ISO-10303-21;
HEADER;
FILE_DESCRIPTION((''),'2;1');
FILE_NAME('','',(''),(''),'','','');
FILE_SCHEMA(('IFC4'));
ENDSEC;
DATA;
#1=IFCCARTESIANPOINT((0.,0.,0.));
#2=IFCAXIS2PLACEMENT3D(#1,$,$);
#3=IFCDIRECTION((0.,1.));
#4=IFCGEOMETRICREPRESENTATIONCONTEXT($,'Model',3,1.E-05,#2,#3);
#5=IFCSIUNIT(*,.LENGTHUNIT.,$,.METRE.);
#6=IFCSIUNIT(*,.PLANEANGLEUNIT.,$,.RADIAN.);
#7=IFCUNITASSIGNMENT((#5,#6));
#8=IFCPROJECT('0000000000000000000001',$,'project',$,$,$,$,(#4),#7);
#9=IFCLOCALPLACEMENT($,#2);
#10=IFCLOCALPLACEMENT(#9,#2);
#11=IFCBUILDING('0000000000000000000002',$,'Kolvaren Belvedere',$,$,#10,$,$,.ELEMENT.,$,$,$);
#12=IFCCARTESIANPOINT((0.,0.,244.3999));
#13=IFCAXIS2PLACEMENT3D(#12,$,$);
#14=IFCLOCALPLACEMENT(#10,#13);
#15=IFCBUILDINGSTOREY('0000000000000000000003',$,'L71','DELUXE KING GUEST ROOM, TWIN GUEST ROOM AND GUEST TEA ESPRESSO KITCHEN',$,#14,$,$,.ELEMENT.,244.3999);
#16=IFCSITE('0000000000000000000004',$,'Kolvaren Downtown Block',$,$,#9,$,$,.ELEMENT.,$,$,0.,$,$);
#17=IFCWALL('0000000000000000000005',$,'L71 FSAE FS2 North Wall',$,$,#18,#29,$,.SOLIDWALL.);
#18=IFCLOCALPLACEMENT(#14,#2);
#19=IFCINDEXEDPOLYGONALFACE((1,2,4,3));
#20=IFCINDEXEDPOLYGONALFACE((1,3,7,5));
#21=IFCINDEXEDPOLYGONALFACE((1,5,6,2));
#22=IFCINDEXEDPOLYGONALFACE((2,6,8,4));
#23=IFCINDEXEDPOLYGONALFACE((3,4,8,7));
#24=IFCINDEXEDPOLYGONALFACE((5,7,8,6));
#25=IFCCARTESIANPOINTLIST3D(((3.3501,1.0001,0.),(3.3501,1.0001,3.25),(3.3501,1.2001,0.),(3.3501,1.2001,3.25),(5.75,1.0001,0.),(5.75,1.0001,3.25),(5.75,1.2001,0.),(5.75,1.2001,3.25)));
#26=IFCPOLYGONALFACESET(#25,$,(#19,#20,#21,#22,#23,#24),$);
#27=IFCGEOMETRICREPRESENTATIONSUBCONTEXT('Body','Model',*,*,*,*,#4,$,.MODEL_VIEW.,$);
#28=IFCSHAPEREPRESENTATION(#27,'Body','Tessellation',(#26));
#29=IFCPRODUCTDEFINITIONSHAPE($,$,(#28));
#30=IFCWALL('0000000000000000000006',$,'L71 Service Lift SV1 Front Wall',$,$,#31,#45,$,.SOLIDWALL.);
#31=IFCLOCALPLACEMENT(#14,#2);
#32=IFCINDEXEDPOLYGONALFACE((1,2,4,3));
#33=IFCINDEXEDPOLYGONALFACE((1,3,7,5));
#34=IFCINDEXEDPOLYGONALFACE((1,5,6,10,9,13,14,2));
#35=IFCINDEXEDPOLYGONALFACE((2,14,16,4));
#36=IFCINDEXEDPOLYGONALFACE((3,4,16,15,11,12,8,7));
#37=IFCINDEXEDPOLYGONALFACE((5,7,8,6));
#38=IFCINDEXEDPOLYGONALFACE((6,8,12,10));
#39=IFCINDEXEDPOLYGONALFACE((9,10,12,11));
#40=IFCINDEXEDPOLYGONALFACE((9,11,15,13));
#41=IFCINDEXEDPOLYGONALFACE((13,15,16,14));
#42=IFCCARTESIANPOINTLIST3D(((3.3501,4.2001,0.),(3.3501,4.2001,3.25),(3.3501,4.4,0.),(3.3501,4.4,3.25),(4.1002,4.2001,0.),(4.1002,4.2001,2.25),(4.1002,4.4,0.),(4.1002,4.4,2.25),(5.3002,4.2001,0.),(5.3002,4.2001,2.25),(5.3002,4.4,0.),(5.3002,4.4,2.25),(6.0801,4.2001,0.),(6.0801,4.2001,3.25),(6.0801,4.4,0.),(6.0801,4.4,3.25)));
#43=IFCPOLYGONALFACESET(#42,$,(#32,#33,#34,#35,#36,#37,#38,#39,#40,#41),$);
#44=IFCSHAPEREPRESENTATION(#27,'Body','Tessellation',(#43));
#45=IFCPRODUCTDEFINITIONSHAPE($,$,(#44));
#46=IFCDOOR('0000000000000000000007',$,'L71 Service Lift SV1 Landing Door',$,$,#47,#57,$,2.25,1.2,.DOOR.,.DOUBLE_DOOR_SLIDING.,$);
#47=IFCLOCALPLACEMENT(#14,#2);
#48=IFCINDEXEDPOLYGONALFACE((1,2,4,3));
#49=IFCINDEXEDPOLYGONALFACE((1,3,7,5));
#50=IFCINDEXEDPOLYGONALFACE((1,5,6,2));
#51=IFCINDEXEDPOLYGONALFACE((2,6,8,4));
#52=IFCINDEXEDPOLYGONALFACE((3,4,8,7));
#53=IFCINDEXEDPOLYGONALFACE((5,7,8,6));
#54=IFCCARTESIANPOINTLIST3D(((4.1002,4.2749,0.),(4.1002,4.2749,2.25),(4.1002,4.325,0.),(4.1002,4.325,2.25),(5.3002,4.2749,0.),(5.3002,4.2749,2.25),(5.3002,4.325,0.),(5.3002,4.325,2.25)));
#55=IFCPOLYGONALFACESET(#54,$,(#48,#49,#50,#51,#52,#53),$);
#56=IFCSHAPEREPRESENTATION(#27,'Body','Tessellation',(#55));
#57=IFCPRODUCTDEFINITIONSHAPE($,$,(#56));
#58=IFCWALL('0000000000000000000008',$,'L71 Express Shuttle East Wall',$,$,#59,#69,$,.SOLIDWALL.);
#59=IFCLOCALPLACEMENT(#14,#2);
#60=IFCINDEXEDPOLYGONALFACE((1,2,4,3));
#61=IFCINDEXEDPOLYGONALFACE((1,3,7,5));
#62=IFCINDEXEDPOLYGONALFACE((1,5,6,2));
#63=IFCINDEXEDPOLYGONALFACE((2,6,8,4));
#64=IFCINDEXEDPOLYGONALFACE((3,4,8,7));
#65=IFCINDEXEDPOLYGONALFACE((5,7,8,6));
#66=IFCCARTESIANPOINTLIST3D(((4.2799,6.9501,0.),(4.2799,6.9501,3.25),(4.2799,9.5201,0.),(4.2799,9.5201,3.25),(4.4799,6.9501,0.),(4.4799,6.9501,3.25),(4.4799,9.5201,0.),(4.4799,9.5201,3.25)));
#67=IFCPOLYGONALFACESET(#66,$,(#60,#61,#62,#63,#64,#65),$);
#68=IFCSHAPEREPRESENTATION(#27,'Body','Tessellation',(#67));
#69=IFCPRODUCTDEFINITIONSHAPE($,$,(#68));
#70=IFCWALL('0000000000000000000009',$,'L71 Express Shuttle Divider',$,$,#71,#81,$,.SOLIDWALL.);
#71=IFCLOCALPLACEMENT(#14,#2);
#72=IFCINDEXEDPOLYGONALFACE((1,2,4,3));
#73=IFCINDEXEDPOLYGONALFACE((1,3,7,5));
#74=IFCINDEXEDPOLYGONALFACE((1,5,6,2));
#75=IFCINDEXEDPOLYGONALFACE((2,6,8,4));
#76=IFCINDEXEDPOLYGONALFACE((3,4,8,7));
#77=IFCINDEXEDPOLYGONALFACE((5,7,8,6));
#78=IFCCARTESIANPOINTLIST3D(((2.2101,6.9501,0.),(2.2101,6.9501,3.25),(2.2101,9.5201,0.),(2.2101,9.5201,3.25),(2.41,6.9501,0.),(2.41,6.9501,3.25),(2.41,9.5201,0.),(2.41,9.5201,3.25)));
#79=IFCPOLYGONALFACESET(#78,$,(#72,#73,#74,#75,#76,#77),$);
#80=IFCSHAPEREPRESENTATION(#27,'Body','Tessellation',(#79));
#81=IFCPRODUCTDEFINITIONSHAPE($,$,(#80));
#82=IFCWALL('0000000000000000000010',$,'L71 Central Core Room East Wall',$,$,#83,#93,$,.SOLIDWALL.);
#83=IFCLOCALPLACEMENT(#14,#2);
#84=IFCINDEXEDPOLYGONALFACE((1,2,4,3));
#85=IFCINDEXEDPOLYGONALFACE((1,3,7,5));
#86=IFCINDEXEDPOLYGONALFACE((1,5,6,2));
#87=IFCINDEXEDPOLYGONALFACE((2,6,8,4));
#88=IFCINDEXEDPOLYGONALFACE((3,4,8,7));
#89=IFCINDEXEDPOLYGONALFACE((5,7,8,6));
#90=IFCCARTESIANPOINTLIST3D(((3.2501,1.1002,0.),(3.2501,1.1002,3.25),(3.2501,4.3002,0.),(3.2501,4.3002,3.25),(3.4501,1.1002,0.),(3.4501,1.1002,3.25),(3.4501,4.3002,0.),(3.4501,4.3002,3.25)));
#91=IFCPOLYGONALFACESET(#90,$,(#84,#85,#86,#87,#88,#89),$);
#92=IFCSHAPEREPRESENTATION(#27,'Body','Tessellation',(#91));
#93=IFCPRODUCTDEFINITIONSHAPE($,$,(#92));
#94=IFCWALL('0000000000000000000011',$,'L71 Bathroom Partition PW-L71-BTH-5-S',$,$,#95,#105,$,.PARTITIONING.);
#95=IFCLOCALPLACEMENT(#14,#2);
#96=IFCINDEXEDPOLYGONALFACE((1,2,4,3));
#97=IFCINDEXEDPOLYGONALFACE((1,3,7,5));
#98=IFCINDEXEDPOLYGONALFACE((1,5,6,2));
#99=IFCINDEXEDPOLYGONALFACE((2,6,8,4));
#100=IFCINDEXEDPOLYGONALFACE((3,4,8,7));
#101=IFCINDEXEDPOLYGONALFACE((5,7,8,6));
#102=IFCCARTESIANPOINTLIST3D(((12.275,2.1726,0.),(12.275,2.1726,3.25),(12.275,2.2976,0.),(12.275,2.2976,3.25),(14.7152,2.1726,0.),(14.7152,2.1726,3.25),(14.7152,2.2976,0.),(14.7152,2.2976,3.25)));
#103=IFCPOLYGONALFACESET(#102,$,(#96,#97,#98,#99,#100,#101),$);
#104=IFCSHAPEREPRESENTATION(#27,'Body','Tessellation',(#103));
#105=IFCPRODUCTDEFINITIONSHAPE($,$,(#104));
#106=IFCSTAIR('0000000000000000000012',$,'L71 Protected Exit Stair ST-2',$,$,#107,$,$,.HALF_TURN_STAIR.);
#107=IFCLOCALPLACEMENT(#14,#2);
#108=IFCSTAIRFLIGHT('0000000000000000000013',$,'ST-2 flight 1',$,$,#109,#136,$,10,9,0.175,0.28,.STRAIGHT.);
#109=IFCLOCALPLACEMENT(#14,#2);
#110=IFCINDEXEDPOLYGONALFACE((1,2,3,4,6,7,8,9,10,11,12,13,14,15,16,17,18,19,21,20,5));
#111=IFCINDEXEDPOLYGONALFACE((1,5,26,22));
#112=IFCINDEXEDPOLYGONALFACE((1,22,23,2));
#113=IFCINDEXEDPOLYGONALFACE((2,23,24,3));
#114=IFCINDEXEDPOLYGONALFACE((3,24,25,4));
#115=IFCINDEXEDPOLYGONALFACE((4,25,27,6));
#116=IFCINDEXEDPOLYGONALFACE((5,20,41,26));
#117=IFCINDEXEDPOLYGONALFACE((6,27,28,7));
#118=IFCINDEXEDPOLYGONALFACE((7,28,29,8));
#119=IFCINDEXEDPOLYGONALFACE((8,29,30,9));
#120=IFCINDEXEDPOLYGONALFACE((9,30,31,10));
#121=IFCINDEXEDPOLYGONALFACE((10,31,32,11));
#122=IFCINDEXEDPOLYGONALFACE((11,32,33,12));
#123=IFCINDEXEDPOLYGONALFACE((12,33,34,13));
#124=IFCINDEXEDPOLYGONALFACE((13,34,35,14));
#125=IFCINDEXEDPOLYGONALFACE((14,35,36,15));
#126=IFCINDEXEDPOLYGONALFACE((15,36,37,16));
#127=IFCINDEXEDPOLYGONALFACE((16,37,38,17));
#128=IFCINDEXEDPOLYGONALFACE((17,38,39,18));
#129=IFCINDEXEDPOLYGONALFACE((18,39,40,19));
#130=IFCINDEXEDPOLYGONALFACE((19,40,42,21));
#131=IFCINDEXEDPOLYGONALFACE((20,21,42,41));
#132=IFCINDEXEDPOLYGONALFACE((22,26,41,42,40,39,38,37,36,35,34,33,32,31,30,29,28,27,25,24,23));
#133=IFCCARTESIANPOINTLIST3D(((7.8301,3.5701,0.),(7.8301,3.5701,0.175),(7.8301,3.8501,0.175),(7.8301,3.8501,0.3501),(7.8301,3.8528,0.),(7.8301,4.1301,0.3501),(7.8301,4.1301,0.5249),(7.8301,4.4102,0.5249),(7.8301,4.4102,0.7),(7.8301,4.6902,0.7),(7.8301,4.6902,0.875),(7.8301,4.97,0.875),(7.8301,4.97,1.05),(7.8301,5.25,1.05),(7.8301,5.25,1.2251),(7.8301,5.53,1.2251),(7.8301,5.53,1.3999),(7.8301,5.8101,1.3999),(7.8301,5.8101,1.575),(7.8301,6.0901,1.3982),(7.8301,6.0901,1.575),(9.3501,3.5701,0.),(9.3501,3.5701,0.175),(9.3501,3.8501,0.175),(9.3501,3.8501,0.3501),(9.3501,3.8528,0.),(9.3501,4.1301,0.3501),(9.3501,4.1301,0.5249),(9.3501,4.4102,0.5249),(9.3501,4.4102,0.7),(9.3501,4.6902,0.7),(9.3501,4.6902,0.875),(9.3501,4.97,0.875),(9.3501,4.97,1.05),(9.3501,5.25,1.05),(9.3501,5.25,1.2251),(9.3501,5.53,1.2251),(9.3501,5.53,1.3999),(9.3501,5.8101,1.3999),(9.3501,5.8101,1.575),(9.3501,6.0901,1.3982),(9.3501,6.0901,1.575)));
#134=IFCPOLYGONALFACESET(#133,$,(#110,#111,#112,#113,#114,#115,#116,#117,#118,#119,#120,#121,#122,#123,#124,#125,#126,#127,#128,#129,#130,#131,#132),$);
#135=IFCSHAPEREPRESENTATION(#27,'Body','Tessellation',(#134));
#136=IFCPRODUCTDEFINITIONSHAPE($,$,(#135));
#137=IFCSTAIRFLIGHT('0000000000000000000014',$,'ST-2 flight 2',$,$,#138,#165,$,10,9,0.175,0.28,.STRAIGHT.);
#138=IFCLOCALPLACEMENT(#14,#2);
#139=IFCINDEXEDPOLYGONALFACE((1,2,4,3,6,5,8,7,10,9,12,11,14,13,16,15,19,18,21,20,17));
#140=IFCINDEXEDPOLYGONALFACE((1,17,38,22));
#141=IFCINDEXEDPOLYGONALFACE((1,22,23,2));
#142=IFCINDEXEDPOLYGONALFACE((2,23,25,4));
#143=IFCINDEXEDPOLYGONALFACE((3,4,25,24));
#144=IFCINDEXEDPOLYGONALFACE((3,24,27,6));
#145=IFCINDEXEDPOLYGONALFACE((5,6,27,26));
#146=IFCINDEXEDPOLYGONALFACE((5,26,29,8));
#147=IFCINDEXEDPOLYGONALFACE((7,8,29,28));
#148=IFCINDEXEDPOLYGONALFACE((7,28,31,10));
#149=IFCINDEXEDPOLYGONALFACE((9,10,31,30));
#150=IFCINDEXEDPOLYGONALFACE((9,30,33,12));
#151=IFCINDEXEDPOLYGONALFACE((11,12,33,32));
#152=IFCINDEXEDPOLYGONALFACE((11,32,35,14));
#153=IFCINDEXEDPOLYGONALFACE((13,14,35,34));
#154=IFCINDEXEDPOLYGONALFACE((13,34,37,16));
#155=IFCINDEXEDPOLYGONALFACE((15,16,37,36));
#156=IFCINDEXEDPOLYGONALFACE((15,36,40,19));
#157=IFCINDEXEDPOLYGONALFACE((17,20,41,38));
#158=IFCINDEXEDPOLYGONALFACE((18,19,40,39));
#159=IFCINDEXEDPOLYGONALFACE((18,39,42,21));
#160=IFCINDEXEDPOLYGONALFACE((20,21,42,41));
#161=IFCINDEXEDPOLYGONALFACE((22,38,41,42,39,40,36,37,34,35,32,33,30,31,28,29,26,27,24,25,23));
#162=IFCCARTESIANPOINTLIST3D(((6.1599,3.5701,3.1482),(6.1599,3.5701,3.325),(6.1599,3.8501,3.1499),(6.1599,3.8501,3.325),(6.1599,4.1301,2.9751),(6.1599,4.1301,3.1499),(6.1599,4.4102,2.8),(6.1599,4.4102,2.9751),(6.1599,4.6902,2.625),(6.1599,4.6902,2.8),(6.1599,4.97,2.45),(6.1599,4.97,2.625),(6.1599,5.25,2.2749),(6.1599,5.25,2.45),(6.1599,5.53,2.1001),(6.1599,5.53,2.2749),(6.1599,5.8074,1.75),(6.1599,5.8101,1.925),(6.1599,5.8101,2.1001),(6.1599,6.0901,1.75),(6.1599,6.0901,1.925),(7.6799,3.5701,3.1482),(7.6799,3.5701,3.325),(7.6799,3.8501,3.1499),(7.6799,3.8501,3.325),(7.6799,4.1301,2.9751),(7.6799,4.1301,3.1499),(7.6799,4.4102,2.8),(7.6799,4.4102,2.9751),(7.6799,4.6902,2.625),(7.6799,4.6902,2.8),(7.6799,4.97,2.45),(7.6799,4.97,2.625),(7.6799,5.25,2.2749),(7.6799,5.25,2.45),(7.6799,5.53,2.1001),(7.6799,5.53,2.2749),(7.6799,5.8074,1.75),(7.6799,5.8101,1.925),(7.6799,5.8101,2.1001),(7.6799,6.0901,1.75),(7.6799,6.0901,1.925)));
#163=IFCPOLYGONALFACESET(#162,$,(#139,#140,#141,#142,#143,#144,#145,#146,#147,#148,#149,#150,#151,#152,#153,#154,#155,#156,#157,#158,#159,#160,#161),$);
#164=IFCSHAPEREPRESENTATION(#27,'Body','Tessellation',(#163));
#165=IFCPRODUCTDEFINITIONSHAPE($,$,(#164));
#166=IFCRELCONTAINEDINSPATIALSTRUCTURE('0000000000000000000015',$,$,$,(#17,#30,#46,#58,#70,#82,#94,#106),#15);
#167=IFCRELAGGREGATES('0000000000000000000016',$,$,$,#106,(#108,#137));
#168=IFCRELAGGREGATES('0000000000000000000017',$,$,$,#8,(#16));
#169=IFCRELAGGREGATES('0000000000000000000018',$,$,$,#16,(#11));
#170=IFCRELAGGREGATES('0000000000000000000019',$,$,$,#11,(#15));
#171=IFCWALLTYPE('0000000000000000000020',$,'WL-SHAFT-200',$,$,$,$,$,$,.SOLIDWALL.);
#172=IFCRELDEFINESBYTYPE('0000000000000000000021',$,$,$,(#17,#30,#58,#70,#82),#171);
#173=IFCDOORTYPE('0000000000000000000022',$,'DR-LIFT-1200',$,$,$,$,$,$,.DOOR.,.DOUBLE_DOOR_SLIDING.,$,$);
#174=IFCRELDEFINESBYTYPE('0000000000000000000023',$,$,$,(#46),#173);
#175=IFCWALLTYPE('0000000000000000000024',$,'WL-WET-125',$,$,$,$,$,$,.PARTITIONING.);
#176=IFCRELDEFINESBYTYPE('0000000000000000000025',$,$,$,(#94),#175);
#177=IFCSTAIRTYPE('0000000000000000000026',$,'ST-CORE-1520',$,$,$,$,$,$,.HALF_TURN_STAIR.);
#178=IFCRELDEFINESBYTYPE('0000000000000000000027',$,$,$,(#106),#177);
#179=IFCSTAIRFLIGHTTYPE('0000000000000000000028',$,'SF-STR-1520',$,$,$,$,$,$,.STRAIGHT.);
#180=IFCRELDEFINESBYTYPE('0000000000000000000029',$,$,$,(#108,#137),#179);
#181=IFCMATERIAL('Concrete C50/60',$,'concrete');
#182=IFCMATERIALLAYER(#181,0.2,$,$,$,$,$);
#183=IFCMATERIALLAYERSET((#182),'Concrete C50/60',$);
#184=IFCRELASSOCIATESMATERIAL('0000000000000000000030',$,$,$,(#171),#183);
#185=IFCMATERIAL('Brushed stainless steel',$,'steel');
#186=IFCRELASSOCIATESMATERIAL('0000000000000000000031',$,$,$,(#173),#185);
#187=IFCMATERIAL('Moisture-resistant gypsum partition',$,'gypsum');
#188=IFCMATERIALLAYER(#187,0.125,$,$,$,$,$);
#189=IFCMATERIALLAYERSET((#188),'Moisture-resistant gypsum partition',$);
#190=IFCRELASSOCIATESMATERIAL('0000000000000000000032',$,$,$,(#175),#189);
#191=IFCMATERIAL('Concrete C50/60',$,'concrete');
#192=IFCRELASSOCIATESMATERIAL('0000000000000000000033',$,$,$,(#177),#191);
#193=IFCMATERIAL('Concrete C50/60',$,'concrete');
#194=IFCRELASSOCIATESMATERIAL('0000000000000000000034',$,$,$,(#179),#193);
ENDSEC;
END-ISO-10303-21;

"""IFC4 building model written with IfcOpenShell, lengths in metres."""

from ifc_helpers import new_model, si_unit, direction, frame, frame_2d, origin, place, context, subcontext, project, spatial, polyline, rectangle, outline, extrude, material, layer, layer_set, type_object, element, fill, aggregate, save


model = new_model("IFC4")

# Units and contexts
model_context = context("Model", 3, precision=1e-05, world=origin(), true_north=direction((0.0, 1.0)))
body_context = subcontext(model_context, "Body", "Model", "MODEL_VIEW")
ifc_project = project(units=[si_unit("LENGTHUNIT", "METRE"), si_unit("PLANEANGLEUNIT", "RADIAN")], contexts=[model_context])

# Site, building, storey
site_placement = place(None, origin())
site = spatial("IfcSite", under=ifc_project, at=site_placement, Name="Kolvaren Downtown Block", CompositionType="ELEMENT", RefElevation=0.0)
building_placement = place(site_placement, origin())
building = spatial("IfcBuilding", under=site, at=building_placement, Name="Kolvaren Belvedere", CompositionType="ELEMENT")
storey_placement = place(building_placement, frame((0.0, 0.0, 244.3999)))
storey = spatial("IfcBuildingStorey", under=building, at=storey_placement, Name="L71", Description="DELUXE KING GUEST ROOM, TWIN GUEST ROOM AND GUEST TEA ESPRESSO KITCHEN", CompositionType="ELEMENT", Elevation=244.3999)

# Wall
ifc_material_1 = material(Name="Concrete C50/60", Category="concrete")
ifc_layer_1 = layer(ifc_material_1, 0.2)
ifc_layer_set_1 = layer_set([ifc_layer_1], Name="Concrete C50/60")
wall_type_1 = type_object("IfcWallType", Name="WL-SHAFT-200", PredefinedType="SOLIDWALL", material=ifc_layer_set_1)
wall_1_placement = place(storey_placement, frame((3.3501, 1.1001, 0.0), z_axis=(0.0, 0.0, 1.0), x_axis=(1.0, 0.0, 0.0)))
element("IfcWall", 1, at=wall_1_placement, inside=storey, type_object=wall_type_1, Name="L71 FSAE FS2 North Wall", PredefinedType="SOLIDWALL", context=body_context, shape_type="SweptSolid", body=[
    extrude(rectangle(XDim=2.3999, YDim=0.2, at=frame_2d((1.2, 0.0))), origin(), (0.0, 0.0, 1.0), 3.25),
])

# Wall, opening, door
wall_2_placement = place(storey_placement, frame((3.3501, 4.3, 0.0), z_axis=(0.0, 0.0, 1.0), x_axis=(1.0, 0.0, 0.0)))
wall_2 = element("IfcWall", 2, at=wall_2_placement, inside=storey, type_object=wall_type_1, Name="L71 Service Lift SV1 Front Wall", PredefinedType="SOLIDWALL", context=body_context, shape_type="SweptSolid", body=[
    extrude(rectangle(XDim=2.73, YDim=0.2, at=frame_2d((1.365, 0.0))), origin(), (0.0, 0.0, 1.0), 3.25),
])
opening_1_placement = place(wall_2_placement, frame((0.75, 0.0, 0.0)))
opening_1 = element("IfcOpeningElement", 3, at=opening_1_placement, cuts=wall_2, PredefinedType="OPENING", context=body_context, shape_type="SweptSolid", body=[
    extrude(rectangle(XDim=1.2, YDim=2.25, at=frame_2d((0.6001, 1.125))), frame((0.0, 0.1099, 0.0), z_axis=(0.0, -1.0, 0.0), x_axis=(1.0, 0.0, 0.0)), (0.0, 0.0, 1.0), 0.22),
])
ifc_material_2 = material(Name="Brushed stainless steel", Category="steel")
door_type_1 = type_object("IfcDoorType", Name="DR-LIFT-1200", OperationType="DOUBLE_DOOR_SLIDING", PredefinedType="DOOR", material=ifc_material_2)
door_1_placement = place(opening_1_placement, origin())
door_1 = element("IfcDoor", 4, at=door_1_placement, inside=storey, type_object=door_type_1, Name="L71 Service Lift SV1 Landing Door", OperationType="DOUBLE_DOOR_SLIDING", OverallHeight=2.25, OverallWidth=1.2, PredefinedType="DOOR", context=body_context, shape_type="SweptSolid", body=[
    extrude(rectangle(XDim=1.2, YDim=2.25, at=frame_2d((0.6001, 1.125))), frame((0.0, 0.0249, 0.0), z_axis=(0.0, -1.0, 0.0), x_axis=(1.0, 0.0, 0.0)), (0.0, 0.0, 1.0), 0.05),
])
fill(opening_1, door_1)

# Walls
for number, where, z_axis, x_axis, name in (
    (5, (4.3799, 6.95, 0.0), (0.0, 0.0, 1.0), (0.0, 1.0, 0.0), "L71 Express Shuttle East Wall"),
    (6, (2.3101, 6.95, 0.0), (0.0, 0.0, 1.0), (0.0, 1.0, 0.0), "L71 Express Shuttle Divider"),
):
    element("IfcWall", number, at=place(storey_placement, frame(where, z_axis=z_axis, x_axis=x_axis)), inside=storey, type_object=wall_type_1, Name=name, PredefinedType="SOLIDWALL", context=body_context, shape_type="SweptSolid", body=[
        extrude(rectangle(XDim=2.5701, YDim=0.2, at=frame_2d((1.2852, 0.0))), origin(), (0.0, 0.0, 1.0), 3.25),
    ])
wall_3_placement = place(storey_placement, frame((3.3501, 1.1001, 0.0), z_axis=(0.0, 0.0, 1.0), x_axis=(0.0, 1.0, 0.0)))
element("IfcWall", 7, at=wall_3_placement, inside=storey, type_object=wall_type_1, Name="L71 Central Core Room East Wall", PredefinedType="SOLIDWALL", context=body_context, shape_type="SweptSolid", body=[
    extrude(rectangle(XDim=3.2, YDim=0.2, at=frame_2d((1.6001, 0.0))), origin(), (0.0, 0.0, 1.0), 3.25),
])
ifc_material_3 = material(Name="Moisture-resistant gypsum partition", Category="gypsum")
ifc_layer_2 = layer(ifc_material_3, 0.125)
ifc_layer_set_2 = layer_set([ifc_layer_2], Name="Moisture-resistant gypsum partition")
wall_type_2 = type_object("IfcWallType", Name="WL-WET-125", PredefinedType="PARTITIONING", material=ifc_layer_set_2)
wall_4_placement = place(storey_placement, frame((12.2749, 2.2351, 0.0), z_axis=(0.0, 0.0, 1.0), x_axis=(1.0, 0.0, 0.0)))
element("IfcWall", 8, at=wall_4_placement, inside=storey, type_object=wall_type_2, Name="L71 Bathroom Partition PW-L71-BTH-5-S", PredefinedType="PARTITIONING", context=body_context, shape_type="SweptSolid", body=[
    extrude(rectangle(XDim=2.4402, YDim=0.125, at=frame_2d((1.2202, 0.0))), origin(), (0.0, 0.0, 1.0), 3.25),
])

# Stair, stair flights
ifc_material_4 = material(Name="Concrete C50/60", Category="concrete")
stair_type = type_object("IfcStairType", Name="ST-CORE-1520", PredefinedType="HALF_TURN_STAIR", material=ifc_material_4)
stair_placement = place(storey_placement, origin())
stair = element("IfcStair", 9, at=stair_placement, inside=storey, type_object=stair_type, Name="L71 Protected Exit Stair ST-2", PredefinedType="HALF_TURN_STAIR")
ifc_material_5 = material(Name="Concrete C50/60", Category="concrete")
stair_flight_type = type_object("IfcStairFlightType", Name="SF-STR-1520", PredefinedType="STRAIGHT", material=ifc_material_5)
stair_flight_1_placement = place(storey_placement, frame((8.5901, 3.5701, 0.0), z_axis=(0.0, 0.0, 1.0), x_axis=(0.0, 1.0, 0.0)))
stair_flight_1 = element("IfcStairFlight", 10, at=stair_flight_1_placement, type_object=stair_flight_type, Name="ST-2 flight 1", NumberOfRisers=10, NumberOfTreads=9, PredefinedType="STRAIGHT", RiserHeight=0.175, TreadLength=0.28, context=body_context, shape_type="SweptSolid", body=[
    extrude(outline(polyline([(0.0, 0.0), (0.0, 0.175), (0.28, 0.175), (0.28, 0.3501), (0.5601, 0.3501), (0.5601, 0.5249), (0.8401, 0.5249), (0.8401, 0.7), (1.1201, 0.7), (1.1201, 0.875), (1.3999, 0.875), (1.3999, 1.05), (1.6799, 1.05), (1.6799, 1.2251), (1.96, 1.2251), (1.96, 1.3999), (2.24, 1.3999), (2.24, 1.575), (2.52, 1.575), (2.52, 1.75), (2.52, 1.3982), (0.2827, 0.0), (0.0, 0.0)])), frame((0.0, 0.76, 0.0), z_axis=(0.0, -1.0, 0.0), x_axis=(1.0, 0.0, 0.0)), (0.0, 0.0, 1.0), 1.52),
])
stair_flight_2_placement = place(storey_placement, frame((6.9199, 6.0901, 1.75), z_axis=(0.0, 0.0, 1.0), x_axis=(0.0, -1.0, 0.0)))
stair_flight_2 = element("IfcStairFlight", 11, at=stair_flight_2_placement, type_object=stair_flight_type, Name="ST-2 flight 2", NumberOfRisers=10, NumberOfTreads=9, PredefinedType="STRAIGHT", RiserHeight=0.175, TreadLength=0.28, context=body_context, shape_type="SweptSolid", body=[
    extrude(outline(polyline([(0.0, 0.0), (0.0, 0.175), (0.28, 0.175), (0.28, 0.3501), (0.5601, 0.3501), (0.5601, 0.5249), (0.8401, 0.5249), (0.8401, 0.7), (1.1201, 0.7), (1.1201, 0.875), (1.3999, 0.875), (1.3999, 1.05), (1.6799, 1.05), (1.6799, 1.2251), (1.96, 1.2251), (1.96, 1.3999), (2.24, 1.3999), (2.24, 1.575), (2.52, 1.575), (2.52, 1.75), (2.52, 1.3982), (0.2827, 0.0), (0.0, 0.0)])), frame((0.0, 0.76, 0.0), z_axis=(0.0, -1.0, 0.0), x_axis=(1.0, 0.0, 0.0)), (0.0, 0.0, 1.0), 1.52),
])
aggregate(stair, [stair_flight_1, stair_flight_2])

save(model, "model.ifc")
